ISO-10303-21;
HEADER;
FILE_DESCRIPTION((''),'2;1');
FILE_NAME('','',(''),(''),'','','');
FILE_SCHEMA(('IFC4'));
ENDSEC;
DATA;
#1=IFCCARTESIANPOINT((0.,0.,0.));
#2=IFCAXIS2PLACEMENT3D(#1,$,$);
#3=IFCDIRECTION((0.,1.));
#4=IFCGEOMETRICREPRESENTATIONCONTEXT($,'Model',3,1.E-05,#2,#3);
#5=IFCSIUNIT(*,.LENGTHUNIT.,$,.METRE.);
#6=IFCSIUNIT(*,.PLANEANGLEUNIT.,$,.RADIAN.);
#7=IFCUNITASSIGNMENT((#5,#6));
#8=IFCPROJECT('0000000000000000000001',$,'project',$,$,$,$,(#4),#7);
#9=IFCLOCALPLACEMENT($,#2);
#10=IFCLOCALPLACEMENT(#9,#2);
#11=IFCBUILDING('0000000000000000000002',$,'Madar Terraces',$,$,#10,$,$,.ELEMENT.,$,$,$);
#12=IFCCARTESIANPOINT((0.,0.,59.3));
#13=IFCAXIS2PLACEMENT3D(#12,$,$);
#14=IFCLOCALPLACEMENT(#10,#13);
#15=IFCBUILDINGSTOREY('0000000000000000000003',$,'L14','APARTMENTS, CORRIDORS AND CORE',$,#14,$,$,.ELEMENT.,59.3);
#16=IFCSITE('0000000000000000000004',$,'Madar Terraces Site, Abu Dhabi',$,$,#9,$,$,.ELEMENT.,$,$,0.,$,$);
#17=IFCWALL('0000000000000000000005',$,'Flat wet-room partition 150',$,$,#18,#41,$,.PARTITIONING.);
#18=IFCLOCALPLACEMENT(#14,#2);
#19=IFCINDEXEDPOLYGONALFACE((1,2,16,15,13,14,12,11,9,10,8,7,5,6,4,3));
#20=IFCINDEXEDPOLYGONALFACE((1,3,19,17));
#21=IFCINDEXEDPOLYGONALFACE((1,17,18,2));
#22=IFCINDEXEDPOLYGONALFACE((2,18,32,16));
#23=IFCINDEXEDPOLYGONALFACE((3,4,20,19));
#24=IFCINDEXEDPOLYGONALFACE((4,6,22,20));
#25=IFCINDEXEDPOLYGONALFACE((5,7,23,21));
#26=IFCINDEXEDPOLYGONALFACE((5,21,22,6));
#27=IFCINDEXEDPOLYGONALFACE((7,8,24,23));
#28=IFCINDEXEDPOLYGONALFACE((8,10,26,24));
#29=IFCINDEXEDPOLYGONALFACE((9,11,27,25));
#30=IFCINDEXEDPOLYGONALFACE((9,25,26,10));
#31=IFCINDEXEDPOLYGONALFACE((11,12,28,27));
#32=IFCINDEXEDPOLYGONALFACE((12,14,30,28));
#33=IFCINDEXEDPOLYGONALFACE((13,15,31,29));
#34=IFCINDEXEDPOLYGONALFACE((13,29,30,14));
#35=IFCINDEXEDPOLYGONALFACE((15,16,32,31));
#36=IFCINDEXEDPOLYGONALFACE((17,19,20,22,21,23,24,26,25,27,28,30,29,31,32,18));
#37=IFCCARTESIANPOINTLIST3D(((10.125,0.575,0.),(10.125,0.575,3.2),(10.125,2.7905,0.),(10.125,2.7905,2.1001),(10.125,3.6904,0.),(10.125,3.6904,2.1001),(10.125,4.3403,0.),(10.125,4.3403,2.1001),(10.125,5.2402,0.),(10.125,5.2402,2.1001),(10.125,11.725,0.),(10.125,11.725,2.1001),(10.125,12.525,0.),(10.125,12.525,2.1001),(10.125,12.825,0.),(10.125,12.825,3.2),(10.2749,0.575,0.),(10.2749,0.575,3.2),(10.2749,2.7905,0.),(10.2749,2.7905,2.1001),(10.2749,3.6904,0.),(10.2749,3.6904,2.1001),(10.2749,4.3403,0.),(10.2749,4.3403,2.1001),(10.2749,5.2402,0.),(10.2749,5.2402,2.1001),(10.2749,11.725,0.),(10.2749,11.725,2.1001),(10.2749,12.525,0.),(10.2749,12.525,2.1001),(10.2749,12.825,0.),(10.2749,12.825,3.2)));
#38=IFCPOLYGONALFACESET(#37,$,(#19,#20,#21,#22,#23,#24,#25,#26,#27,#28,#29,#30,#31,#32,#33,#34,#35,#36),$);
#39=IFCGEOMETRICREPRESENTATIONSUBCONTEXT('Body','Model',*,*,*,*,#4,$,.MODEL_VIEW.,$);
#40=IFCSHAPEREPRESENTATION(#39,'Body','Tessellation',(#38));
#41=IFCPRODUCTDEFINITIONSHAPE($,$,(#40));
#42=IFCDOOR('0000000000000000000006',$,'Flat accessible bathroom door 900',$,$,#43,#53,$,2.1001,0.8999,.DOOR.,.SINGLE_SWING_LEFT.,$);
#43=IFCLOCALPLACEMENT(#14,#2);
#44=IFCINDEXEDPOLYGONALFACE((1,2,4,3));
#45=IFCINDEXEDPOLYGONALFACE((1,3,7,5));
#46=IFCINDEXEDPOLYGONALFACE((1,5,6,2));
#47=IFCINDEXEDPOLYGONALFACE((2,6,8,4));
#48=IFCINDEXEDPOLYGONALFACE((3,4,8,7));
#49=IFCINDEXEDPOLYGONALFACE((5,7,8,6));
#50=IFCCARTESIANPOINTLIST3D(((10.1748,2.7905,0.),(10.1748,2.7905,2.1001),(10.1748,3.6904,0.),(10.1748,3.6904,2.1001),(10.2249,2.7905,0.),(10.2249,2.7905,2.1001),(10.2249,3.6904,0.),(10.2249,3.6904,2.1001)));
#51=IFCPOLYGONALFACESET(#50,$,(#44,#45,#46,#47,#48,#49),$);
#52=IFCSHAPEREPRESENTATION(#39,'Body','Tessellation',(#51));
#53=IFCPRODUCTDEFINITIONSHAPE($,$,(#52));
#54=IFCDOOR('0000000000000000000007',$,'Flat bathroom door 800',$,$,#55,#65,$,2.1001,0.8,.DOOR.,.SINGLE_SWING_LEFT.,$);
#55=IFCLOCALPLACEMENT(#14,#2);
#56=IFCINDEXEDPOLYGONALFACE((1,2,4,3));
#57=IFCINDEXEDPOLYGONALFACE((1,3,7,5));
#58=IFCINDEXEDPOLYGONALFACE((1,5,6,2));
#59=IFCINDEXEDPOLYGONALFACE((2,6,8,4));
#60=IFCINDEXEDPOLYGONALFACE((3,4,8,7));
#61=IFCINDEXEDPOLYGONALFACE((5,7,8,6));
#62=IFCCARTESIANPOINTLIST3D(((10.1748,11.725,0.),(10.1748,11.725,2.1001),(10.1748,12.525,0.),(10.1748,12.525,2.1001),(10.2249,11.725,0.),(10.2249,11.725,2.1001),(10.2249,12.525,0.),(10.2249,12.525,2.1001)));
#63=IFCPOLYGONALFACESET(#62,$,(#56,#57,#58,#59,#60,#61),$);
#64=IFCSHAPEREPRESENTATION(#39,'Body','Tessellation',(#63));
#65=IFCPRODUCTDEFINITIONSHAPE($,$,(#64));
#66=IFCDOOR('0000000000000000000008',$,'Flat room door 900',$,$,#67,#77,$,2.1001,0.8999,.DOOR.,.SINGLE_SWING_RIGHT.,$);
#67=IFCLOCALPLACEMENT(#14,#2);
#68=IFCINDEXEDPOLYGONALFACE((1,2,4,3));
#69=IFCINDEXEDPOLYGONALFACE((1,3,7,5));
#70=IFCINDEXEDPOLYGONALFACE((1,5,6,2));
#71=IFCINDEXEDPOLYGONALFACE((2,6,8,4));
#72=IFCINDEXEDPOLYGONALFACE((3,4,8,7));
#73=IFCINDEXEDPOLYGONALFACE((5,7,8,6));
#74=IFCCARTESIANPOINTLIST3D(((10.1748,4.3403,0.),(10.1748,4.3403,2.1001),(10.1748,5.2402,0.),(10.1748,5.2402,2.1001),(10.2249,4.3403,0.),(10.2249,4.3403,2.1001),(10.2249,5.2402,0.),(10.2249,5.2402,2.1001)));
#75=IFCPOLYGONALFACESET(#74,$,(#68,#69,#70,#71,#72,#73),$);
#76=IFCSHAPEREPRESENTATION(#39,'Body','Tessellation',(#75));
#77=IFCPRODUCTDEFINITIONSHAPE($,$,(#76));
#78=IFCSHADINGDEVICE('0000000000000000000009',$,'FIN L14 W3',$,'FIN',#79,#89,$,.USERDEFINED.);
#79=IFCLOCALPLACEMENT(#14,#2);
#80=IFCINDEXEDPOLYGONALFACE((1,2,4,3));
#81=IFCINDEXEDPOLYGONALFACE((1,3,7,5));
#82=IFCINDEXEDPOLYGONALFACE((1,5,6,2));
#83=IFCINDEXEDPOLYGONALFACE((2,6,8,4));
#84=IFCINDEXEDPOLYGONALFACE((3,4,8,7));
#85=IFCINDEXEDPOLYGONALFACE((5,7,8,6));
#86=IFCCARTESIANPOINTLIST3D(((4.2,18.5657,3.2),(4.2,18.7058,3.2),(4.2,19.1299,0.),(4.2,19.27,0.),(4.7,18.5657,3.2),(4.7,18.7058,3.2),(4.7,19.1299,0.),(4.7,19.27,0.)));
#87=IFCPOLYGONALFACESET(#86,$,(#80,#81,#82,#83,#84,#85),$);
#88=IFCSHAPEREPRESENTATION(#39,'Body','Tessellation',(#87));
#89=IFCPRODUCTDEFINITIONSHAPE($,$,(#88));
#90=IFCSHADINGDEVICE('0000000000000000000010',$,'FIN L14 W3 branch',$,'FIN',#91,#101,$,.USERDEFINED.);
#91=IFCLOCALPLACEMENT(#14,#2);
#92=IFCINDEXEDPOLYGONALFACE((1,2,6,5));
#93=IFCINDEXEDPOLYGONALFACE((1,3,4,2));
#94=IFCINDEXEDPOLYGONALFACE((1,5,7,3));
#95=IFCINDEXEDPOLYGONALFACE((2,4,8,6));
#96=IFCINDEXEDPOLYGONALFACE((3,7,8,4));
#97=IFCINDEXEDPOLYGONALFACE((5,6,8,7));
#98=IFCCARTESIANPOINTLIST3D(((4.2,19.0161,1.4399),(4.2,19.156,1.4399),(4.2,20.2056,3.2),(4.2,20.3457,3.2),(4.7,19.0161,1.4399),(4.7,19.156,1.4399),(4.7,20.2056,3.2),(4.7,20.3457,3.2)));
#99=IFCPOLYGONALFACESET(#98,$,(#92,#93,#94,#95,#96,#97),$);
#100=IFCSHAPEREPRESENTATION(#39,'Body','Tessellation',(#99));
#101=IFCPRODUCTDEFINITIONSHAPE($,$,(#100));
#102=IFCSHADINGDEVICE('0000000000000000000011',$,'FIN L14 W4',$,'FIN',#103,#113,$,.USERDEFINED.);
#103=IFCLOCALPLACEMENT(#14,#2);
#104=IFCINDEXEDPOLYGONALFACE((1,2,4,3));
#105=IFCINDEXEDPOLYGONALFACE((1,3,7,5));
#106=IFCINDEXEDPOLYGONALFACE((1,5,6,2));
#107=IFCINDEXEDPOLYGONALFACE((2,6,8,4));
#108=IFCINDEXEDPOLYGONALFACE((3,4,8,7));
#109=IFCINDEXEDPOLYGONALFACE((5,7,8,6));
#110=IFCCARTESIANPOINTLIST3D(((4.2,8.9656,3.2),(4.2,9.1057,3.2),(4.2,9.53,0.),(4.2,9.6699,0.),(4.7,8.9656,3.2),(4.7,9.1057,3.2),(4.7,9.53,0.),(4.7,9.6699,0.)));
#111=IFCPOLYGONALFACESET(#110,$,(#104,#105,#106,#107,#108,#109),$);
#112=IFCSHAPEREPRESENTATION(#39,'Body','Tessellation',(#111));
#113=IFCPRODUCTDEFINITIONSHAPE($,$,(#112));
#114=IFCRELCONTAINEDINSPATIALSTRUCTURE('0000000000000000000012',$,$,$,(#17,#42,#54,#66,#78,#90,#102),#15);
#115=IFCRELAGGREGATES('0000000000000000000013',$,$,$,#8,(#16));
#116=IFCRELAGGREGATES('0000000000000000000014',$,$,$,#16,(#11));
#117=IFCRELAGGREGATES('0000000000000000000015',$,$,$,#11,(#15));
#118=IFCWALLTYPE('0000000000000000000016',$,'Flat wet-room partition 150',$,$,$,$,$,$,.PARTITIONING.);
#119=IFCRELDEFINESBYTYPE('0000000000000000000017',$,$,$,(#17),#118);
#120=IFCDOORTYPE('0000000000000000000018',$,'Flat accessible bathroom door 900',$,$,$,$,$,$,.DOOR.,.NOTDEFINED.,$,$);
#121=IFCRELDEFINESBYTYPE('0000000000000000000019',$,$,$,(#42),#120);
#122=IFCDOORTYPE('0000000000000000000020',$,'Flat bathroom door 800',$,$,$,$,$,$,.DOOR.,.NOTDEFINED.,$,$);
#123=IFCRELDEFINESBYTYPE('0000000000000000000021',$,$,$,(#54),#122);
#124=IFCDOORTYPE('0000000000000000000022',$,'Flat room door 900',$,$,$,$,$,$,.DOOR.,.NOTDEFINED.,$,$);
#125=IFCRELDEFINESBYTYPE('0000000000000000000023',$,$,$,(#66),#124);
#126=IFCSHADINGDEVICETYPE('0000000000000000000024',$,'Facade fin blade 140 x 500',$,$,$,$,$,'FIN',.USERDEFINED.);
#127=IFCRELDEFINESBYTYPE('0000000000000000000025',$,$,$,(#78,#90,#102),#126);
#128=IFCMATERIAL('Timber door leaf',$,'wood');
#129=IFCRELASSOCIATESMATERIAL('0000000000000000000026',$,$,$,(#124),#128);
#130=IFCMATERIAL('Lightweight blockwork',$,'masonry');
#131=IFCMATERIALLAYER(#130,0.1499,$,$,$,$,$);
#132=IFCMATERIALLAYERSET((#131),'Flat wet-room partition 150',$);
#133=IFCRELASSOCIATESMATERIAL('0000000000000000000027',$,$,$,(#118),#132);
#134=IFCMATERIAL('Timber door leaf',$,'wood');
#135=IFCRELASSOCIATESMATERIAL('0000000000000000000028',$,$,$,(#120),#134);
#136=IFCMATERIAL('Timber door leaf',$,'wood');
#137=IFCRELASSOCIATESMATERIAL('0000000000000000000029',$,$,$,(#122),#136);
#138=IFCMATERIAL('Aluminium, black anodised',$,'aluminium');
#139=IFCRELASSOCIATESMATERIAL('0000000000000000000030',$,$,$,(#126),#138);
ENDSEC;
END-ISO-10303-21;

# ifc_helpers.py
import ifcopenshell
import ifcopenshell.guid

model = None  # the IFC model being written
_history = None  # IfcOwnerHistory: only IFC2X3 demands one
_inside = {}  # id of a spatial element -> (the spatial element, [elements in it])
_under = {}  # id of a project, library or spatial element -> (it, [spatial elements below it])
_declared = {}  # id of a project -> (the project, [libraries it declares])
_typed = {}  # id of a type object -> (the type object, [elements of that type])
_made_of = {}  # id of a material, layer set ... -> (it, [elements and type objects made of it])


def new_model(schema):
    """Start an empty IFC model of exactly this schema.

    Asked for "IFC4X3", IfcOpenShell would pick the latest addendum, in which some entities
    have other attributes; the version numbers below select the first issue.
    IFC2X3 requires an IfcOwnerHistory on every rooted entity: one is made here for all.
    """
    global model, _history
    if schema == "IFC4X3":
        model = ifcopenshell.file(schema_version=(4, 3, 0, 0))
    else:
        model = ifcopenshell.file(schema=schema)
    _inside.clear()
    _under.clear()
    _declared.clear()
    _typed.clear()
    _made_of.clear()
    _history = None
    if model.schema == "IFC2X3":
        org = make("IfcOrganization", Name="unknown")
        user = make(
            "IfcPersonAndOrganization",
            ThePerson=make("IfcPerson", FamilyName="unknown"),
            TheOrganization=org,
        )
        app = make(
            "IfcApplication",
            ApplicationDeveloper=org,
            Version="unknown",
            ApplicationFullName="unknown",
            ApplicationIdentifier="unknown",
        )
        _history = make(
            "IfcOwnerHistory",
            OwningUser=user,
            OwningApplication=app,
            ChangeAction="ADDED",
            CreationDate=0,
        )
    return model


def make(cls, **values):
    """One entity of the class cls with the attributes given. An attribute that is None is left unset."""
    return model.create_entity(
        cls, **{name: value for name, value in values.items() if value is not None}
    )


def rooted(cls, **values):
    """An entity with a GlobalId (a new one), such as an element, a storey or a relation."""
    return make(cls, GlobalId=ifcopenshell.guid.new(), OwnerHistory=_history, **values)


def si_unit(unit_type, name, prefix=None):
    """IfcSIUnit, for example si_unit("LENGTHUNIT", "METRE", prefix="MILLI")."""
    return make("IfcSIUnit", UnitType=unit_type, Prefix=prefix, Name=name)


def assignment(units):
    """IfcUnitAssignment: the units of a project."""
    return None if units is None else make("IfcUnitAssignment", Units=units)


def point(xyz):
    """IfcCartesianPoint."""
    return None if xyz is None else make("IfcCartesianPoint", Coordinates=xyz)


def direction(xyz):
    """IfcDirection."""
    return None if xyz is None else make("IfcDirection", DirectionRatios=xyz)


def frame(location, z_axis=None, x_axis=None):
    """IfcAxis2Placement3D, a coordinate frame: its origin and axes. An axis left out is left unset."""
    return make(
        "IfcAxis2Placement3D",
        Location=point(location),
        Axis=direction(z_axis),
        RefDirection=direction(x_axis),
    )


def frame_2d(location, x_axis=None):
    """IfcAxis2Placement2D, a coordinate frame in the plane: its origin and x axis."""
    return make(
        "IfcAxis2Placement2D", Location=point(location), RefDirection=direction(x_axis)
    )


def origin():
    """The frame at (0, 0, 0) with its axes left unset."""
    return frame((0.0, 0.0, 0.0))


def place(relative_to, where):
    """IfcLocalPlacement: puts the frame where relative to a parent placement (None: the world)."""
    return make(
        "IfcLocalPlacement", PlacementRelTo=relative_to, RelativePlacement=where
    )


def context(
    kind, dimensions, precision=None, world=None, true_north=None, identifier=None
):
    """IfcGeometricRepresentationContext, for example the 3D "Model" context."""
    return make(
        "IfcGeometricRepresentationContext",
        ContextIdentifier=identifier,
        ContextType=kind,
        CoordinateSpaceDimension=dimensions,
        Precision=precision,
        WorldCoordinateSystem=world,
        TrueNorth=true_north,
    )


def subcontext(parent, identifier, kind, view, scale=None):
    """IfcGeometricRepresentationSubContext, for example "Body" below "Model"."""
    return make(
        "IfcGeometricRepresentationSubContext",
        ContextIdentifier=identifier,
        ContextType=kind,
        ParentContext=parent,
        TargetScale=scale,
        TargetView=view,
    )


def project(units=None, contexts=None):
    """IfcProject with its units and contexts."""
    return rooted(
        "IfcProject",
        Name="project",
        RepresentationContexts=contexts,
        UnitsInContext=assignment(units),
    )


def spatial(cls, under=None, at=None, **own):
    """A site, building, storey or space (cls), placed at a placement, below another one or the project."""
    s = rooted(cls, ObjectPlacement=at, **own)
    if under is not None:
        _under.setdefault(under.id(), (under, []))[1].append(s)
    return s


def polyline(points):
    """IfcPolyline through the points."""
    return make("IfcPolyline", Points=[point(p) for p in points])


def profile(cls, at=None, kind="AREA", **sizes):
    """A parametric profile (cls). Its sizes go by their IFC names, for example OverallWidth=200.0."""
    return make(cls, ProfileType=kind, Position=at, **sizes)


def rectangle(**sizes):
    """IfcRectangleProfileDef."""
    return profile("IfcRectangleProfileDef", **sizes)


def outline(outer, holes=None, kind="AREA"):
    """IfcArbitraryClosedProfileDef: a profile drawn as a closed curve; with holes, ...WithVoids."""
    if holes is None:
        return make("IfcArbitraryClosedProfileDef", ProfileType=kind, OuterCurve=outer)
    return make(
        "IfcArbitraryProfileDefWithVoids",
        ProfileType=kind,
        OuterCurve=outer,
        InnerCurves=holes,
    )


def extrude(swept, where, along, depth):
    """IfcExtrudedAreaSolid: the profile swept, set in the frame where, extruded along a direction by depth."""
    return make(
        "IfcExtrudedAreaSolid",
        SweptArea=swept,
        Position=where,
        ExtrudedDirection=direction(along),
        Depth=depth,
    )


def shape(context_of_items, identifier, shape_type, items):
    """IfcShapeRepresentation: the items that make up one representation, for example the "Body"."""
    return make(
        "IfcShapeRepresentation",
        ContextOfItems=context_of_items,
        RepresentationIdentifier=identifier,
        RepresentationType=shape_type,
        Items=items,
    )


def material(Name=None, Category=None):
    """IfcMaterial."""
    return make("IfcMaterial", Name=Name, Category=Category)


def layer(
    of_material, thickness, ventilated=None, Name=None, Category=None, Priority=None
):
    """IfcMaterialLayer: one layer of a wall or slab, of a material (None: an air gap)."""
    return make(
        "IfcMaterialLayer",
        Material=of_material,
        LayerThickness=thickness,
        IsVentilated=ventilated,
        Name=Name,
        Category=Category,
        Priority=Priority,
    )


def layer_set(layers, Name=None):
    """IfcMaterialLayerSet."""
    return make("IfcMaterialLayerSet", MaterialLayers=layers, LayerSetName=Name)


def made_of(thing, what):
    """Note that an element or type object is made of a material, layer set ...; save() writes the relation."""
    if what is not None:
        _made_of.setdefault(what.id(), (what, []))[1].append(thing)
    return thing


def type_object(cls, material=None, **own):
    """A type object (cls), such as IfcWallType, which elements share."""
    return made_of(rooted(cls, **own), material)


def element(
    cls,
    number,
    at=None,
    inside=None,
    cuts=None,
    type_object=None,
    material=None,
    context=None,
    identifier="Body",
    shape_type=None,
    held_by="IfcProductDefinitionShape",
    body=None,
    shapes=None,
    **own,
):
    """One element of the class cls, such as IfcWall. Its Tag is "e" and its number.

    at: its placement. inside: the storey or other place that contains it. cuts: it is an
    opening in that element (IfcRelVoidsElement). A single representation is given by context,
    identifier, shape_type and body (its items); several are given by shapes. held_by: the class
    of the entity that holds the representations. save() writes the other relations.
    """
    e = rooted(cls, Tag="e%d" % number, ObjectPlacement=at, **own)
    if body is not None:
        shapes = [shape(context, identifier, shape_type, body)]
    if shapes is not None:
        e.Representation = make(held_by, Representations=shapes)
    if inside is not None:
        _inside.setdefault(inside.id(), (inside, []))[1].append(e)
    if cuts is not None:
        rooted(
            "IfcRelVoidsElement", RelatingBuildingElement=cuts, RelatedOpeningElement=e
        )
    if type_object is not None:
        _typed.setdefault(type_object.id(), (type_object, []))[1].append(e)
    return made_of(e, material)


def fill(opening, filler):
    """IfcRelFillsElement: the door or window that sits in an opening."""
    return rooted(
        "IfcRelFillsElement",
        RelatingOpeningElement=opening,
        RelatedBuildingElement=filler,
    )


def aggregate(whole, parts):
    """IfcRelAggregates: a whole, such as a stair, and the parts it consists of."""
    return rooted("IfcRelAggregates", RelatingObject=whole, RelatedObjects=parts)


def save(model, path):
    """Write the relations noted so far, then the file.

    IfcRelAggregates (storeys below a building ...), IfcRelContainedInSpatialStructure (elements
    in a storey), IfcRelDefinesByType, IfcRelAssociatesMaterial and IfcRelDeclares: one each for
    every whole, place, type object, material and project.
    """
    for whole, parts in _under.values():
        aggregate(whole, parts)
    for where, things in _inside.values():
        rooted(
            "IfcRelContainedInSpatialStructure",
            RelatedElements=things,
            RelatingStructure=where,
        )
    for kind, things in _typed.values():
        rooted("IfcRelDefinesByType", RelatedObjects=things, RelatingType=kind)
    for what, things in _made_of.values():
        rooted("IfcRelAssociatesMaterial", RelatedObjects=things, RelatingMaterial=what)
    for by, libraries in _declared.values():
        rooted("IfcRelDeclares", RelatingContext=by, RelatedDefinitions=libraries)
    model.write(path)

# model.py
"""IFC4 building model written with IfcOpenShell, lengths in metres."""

from ifc_helpers import new_model, si_unit, direction, frame, frame_2d, origin, place, context, subcontext, project, spatial, polyline, rectangle, outline, extrude, material, layer, layer_set, type_object, element, fill, save


model = new_model("IFC4")

# Units and contexts
model_context = context("Model", 3, precision=1e-05, world=origin(), true_north=direction((0.0, 1.0)))
body_context = subcontext(model_context, "Body", "Model", "MODEL_VIEW")
ifc_project = project(units=[si_unit("LENGTHUNIT", "METRE"), si_unit("PLANEANGLEUNIT", "RADIAN")], contexts=[model_context])

# Site, building, storey
site_placement = place(None, origin())
site = spatial("IfcSite", under=ifc_project, at=site_placement, Name="Madar Terraces Site, Abu Dhabi", CompositionType="ELEMENT", RefElevation=0.0)
building_placement = place(site_placement, origin())
building = spatial("IfcBuilding", under=site, at=building_placement, Name="Madar Terraces", CompositionType="ELEMENT")
storey_placement = place(building_placement, frame((0.0, 0.0, 59.3)))
storey = spatial("IfcBuildingStorey", under=building, at=storey_placement, Name="L14", Description="APARTMENTS, CORRIDORS AND CORE", CompositionType="ELEMENT", Elevation=59.3)

# Shared definitions
ifc_material_1 = material(Name="Timber door leaf", Category="wood")
door_type_1 = type_object("IfcDoorType", Name="Flat room door 900", OperationType="NOTDEFINED", PredefinedType="DOOR", material=ifc_material_1)

# Shared definitions
ifc_material_2 = material(Name="Lightweight blockwork", Category="masonry")
ifc_layer_1 = layer(ifc_material_2, 0.1499)
ifc_layer_set_1 = layer_set([ifc_layer_1], Name="Flat wet-room partition 150")
wall_type_1 = type_object("IfcWallType", Name="Flat wet-room partition 150", PredefinedType="PARTITIONING", material=ifc_layer_set_1)

# Wall, openings, doors
wall_1_placement = place(storey_placement, frame((10.2, 12.825, 0.0), z_axis=(0.0, 0.0, 1.0), x_axis=(0.0, -1.0, 0.0)))
wall_1 = element("IfcWall", 1, at=wall_1_placement, inside=storey, type_object=wall_type_1, Name="Flat wet-room partition 150", PredefinedType="PARTITIONING", context=body_context, shape_type="SweptSolid", body=[
    extrude(rectangle(XDim=12.25, YDim=0.1499, at=frame_2d((6.125, 0.0))), origin(), (0.0, 0.0, 1.0), 3.2),
])
opening_1_placement = place(wall_1_placement, frame((0.3, 0.0, 0.0)))
opening_1 = element("IfcOpeningElement", 2, at=opening_1_placement, cuts=wall_1, PredefinedType="OPENING", context=body_context, shape_type="SweptSolid", body=[
    extrude(rectangle(XDim=0.8, YDim=2.1001, at=frame_2d((0.3999, 1.05))), frame((0.0, 0.085, 0.0), z_axis=(0.0, -1.0, 0.0), x_axis=(1.0, 0.0, 0.0)), (0.0, 0.0, 1.0), 0.1699),
])
opening_2_placement = place(wall_1_placement, frame((7.5847, 0.0, 0.0)))
opening_2 = element("IfcOpeningElement", 3, at=opening_2_placement, cuts=wall_1, PredefinedType="OPENING", context=body_context, shape_type="SweptSolid", body=[
    extrude(rectangle(XDim=0.8999, YDim=2.1001, at=frame_2d((0.45, 1.05))), frame((0.0, 0.085, 0.0), z_axis=(0.0, -1.0, 0.0), x_axis=(1.0, 0.0, 0.0)), (0.0, 0.0, 1.0), 0.1699),
])
opening_3_placement = place(wall_1_placement, frame((9.1345, 0.0, 0.0)))
opening_3 = element("IfcOpeningElement", 4, at=opening_3_placement, cuts=wall_1, PredefinedType="OPENING", context=body_context, shape_type="SweptSolid", body=[
    extrude(rectangle(XDim=0.8999, YDim=2.1001, at=frame_2d((0.45, 1.05))), frame((0.0, 0.085, 0.0), z_axis=(0.0, -1.0, 0.0), x_axis=(1.0, 0.0, 0.0)), (0.0, 0.0, 1.0), 0.1699),
])
ifc_material_3 = material(Name="Timber door leaf", Category="wood")
door_type_2 = type_object("IfcDoorType", Name="Flat accessible bathroom door 900", OperationType="NOTDEFINED", PredefinedType="DOOR", material=ifc_material_3)
door_1_placement = place(opening_3_placement, origin())
door_1 = element("IfcDoor", 5, at=door_1_placement, inside=storey, type_object=door_type_2, Name="Flat accessible bathroom door 900", OperationType="SINGLE_SWING_LEFT", OverallHeight=2.1001, OverallWidth=0.8999, PredefinedType="DOOR", context=body_context, shape_type="SweptSolid", body=[
    extrude(rectangle(XDim=0.8999, YDim=2.1001, at=frame_2d((0.45, 1.05))), frame((0.0, 0.0249, 0.0), z_axis=(0.0, -1.0, 0.0), x_axis=(1.0, 0.0, 0.0)), (0.0, 0.0, 1.0), 0.05),
])
fill(opening_3, door_1)
ifc_material_4 = material(Name="Timber door leaf", Category="wood")
door_type_3 = type_object("IfcDoorType", Name="Flat bathroom door 800", OperationType="NOTDEFINED", PredefinedType="DOOR", material=ifc_material_4)
door_2_placement = place(opening_1_placement, origin())
door_2 = element("IfcDoor", 6, at=door_2_placement, inside=storey, type_object=door_type_3, Name="Flat bathroom door 800", OperationType="SINGLE_SWING_LEFT", OverallHeight=2.1001, OverallWidth=0.8, PredefinedType="DOOR", context=body_context, shape_type="SweptSolid", body=[
    extrude(rectangle(XDim=0.8, YDim=2.1001, at=frame_2d((0.3999, 1.05))), frame((0.0, 0.0249, 0.0), z_axis=(0.0, -1.0, 0.0), x_axis=(1.0, 0.0, 0.0)), (0.0, 0.0, 1.0), 0.05),
])
fill(opening_1, door_2)
door_3_placement = place(opening_2_placement, origin())
door_3 = element("IfcDoor", 7, at=door_3_placement, inside=storey, type_object=door_type_1, Name="Flat room door 900", OperationType="SINGLE_SWING_RIGHT", OverallHeight=2.1001, OverallWidth=0.8999, PredefinedType="DOOR", context=body_context, shape_type="SweptSolid", body=[
    extrude(rectangle(XDim=0.8999, YDim=2.1001, at=frame_2d((0.45, 1.05))), frame((0.0, 0.0249, 0.0), z_axis=(0.0, -1.0, 0.0), x_axis=(1.0, 0.0, 0.0)), (0.0, 0.0, 1.0), 0.05),
])
fill(opening_2, door_3)

# Shading devices
ifc_material_5 = material(Name="Aluminium, black anodised", Category="aluminium")
shading_device_type = type_object("IfcShadingDeviceType", Name="Facade fin blade 140 x 500", ElementType="FIN", PredefinedType="USERDEFINED", material=ifc_material_5)
shading_device_1_placement = place(storey_placement, frame((4.45, 19.27, 0.0), z_axis=(0.0, 0.0, 1.0), x_axis=(0.0, -1.0, 0.0)))
element("IfcShadingDevice", 8, at=shading_device_1_placement, inside=storey, type_object=shading_device_type, Name="FIN L14 W3", ObjectType="FIN", PredefinedType="USERDEFINED", context=body_context, shape_type="SweptSolid", body=[
    extrude(outline(polyline([(0.0, 0.0), (0.1401, 0.0), (0.7043, 3.2), (0.5642, 3.2), (0.0, 0.0)])), frame((0.0, 0.25, 0.0), z_axis=(0.0, -1.0, 0.0), x_axis=(1.0, 0.0, 0.0)), (0.0, 0.0, 1.0), 0.5),
])
shading_device_2_placement = place(storey_placement, frame((4.45, 19.156, 1.4399), z_axis=(0.0, 0.0, 1.0), x_axis=(0.0, -1.0, 0.0)))
element("IfcShadingDevice", 9, at=shading_device_2_placement, inside=storey, type_object=shading_device_type, Name="FIN L14 W3 branch", ObjectType="FIN", PredefinedType="USERDEFINED", context=body_context, shape_type="SweptSolid", body=[
    extrude(outline(polyline([(0.0, 0.0), (0.1399, 0.0), (-1.0496, 1.76), (-1.1897, 1.76), (0.0, 0.0)])), frame((0.0, 0.25, 0.0), z_axis=(0.0, -1.0, 0.0), x_axis=(1.0, 0.0, 0.0)), (0.0, 0.0, 1.0), 0.5),
])
shading_device_3_placement = place(storey_placement, frame((4.45, 9.6699, 0.0), z_axis=(0.0, 0.0, 1.0), x_axis=(0.0, -1.0, 0.0)))
element("IfcShadingDevice", 10, at=shading_device_3_placement, inside=storey, type_object=shading_device_type, Name="FIN L14 W4", ObjectType="FIN", PredefinedType="USERDEFINED", context=body_context, shape_type="SweptSolid", body=[
    extrude(outline(polyline([(0.0, 0.0), (0.1399, 0.0), (0.7043, 3.2), (0.5642, 3.2), (0.0, 0.0)])), frame((0.0, 0.25, 0.0), z_axis=(0.0, -1.0, 0.0), x_axis=(1.0, 0.0, 0.0)), (0.0, 0.0, 1.0), 0.5),
])

save(model, "model.ifc")
